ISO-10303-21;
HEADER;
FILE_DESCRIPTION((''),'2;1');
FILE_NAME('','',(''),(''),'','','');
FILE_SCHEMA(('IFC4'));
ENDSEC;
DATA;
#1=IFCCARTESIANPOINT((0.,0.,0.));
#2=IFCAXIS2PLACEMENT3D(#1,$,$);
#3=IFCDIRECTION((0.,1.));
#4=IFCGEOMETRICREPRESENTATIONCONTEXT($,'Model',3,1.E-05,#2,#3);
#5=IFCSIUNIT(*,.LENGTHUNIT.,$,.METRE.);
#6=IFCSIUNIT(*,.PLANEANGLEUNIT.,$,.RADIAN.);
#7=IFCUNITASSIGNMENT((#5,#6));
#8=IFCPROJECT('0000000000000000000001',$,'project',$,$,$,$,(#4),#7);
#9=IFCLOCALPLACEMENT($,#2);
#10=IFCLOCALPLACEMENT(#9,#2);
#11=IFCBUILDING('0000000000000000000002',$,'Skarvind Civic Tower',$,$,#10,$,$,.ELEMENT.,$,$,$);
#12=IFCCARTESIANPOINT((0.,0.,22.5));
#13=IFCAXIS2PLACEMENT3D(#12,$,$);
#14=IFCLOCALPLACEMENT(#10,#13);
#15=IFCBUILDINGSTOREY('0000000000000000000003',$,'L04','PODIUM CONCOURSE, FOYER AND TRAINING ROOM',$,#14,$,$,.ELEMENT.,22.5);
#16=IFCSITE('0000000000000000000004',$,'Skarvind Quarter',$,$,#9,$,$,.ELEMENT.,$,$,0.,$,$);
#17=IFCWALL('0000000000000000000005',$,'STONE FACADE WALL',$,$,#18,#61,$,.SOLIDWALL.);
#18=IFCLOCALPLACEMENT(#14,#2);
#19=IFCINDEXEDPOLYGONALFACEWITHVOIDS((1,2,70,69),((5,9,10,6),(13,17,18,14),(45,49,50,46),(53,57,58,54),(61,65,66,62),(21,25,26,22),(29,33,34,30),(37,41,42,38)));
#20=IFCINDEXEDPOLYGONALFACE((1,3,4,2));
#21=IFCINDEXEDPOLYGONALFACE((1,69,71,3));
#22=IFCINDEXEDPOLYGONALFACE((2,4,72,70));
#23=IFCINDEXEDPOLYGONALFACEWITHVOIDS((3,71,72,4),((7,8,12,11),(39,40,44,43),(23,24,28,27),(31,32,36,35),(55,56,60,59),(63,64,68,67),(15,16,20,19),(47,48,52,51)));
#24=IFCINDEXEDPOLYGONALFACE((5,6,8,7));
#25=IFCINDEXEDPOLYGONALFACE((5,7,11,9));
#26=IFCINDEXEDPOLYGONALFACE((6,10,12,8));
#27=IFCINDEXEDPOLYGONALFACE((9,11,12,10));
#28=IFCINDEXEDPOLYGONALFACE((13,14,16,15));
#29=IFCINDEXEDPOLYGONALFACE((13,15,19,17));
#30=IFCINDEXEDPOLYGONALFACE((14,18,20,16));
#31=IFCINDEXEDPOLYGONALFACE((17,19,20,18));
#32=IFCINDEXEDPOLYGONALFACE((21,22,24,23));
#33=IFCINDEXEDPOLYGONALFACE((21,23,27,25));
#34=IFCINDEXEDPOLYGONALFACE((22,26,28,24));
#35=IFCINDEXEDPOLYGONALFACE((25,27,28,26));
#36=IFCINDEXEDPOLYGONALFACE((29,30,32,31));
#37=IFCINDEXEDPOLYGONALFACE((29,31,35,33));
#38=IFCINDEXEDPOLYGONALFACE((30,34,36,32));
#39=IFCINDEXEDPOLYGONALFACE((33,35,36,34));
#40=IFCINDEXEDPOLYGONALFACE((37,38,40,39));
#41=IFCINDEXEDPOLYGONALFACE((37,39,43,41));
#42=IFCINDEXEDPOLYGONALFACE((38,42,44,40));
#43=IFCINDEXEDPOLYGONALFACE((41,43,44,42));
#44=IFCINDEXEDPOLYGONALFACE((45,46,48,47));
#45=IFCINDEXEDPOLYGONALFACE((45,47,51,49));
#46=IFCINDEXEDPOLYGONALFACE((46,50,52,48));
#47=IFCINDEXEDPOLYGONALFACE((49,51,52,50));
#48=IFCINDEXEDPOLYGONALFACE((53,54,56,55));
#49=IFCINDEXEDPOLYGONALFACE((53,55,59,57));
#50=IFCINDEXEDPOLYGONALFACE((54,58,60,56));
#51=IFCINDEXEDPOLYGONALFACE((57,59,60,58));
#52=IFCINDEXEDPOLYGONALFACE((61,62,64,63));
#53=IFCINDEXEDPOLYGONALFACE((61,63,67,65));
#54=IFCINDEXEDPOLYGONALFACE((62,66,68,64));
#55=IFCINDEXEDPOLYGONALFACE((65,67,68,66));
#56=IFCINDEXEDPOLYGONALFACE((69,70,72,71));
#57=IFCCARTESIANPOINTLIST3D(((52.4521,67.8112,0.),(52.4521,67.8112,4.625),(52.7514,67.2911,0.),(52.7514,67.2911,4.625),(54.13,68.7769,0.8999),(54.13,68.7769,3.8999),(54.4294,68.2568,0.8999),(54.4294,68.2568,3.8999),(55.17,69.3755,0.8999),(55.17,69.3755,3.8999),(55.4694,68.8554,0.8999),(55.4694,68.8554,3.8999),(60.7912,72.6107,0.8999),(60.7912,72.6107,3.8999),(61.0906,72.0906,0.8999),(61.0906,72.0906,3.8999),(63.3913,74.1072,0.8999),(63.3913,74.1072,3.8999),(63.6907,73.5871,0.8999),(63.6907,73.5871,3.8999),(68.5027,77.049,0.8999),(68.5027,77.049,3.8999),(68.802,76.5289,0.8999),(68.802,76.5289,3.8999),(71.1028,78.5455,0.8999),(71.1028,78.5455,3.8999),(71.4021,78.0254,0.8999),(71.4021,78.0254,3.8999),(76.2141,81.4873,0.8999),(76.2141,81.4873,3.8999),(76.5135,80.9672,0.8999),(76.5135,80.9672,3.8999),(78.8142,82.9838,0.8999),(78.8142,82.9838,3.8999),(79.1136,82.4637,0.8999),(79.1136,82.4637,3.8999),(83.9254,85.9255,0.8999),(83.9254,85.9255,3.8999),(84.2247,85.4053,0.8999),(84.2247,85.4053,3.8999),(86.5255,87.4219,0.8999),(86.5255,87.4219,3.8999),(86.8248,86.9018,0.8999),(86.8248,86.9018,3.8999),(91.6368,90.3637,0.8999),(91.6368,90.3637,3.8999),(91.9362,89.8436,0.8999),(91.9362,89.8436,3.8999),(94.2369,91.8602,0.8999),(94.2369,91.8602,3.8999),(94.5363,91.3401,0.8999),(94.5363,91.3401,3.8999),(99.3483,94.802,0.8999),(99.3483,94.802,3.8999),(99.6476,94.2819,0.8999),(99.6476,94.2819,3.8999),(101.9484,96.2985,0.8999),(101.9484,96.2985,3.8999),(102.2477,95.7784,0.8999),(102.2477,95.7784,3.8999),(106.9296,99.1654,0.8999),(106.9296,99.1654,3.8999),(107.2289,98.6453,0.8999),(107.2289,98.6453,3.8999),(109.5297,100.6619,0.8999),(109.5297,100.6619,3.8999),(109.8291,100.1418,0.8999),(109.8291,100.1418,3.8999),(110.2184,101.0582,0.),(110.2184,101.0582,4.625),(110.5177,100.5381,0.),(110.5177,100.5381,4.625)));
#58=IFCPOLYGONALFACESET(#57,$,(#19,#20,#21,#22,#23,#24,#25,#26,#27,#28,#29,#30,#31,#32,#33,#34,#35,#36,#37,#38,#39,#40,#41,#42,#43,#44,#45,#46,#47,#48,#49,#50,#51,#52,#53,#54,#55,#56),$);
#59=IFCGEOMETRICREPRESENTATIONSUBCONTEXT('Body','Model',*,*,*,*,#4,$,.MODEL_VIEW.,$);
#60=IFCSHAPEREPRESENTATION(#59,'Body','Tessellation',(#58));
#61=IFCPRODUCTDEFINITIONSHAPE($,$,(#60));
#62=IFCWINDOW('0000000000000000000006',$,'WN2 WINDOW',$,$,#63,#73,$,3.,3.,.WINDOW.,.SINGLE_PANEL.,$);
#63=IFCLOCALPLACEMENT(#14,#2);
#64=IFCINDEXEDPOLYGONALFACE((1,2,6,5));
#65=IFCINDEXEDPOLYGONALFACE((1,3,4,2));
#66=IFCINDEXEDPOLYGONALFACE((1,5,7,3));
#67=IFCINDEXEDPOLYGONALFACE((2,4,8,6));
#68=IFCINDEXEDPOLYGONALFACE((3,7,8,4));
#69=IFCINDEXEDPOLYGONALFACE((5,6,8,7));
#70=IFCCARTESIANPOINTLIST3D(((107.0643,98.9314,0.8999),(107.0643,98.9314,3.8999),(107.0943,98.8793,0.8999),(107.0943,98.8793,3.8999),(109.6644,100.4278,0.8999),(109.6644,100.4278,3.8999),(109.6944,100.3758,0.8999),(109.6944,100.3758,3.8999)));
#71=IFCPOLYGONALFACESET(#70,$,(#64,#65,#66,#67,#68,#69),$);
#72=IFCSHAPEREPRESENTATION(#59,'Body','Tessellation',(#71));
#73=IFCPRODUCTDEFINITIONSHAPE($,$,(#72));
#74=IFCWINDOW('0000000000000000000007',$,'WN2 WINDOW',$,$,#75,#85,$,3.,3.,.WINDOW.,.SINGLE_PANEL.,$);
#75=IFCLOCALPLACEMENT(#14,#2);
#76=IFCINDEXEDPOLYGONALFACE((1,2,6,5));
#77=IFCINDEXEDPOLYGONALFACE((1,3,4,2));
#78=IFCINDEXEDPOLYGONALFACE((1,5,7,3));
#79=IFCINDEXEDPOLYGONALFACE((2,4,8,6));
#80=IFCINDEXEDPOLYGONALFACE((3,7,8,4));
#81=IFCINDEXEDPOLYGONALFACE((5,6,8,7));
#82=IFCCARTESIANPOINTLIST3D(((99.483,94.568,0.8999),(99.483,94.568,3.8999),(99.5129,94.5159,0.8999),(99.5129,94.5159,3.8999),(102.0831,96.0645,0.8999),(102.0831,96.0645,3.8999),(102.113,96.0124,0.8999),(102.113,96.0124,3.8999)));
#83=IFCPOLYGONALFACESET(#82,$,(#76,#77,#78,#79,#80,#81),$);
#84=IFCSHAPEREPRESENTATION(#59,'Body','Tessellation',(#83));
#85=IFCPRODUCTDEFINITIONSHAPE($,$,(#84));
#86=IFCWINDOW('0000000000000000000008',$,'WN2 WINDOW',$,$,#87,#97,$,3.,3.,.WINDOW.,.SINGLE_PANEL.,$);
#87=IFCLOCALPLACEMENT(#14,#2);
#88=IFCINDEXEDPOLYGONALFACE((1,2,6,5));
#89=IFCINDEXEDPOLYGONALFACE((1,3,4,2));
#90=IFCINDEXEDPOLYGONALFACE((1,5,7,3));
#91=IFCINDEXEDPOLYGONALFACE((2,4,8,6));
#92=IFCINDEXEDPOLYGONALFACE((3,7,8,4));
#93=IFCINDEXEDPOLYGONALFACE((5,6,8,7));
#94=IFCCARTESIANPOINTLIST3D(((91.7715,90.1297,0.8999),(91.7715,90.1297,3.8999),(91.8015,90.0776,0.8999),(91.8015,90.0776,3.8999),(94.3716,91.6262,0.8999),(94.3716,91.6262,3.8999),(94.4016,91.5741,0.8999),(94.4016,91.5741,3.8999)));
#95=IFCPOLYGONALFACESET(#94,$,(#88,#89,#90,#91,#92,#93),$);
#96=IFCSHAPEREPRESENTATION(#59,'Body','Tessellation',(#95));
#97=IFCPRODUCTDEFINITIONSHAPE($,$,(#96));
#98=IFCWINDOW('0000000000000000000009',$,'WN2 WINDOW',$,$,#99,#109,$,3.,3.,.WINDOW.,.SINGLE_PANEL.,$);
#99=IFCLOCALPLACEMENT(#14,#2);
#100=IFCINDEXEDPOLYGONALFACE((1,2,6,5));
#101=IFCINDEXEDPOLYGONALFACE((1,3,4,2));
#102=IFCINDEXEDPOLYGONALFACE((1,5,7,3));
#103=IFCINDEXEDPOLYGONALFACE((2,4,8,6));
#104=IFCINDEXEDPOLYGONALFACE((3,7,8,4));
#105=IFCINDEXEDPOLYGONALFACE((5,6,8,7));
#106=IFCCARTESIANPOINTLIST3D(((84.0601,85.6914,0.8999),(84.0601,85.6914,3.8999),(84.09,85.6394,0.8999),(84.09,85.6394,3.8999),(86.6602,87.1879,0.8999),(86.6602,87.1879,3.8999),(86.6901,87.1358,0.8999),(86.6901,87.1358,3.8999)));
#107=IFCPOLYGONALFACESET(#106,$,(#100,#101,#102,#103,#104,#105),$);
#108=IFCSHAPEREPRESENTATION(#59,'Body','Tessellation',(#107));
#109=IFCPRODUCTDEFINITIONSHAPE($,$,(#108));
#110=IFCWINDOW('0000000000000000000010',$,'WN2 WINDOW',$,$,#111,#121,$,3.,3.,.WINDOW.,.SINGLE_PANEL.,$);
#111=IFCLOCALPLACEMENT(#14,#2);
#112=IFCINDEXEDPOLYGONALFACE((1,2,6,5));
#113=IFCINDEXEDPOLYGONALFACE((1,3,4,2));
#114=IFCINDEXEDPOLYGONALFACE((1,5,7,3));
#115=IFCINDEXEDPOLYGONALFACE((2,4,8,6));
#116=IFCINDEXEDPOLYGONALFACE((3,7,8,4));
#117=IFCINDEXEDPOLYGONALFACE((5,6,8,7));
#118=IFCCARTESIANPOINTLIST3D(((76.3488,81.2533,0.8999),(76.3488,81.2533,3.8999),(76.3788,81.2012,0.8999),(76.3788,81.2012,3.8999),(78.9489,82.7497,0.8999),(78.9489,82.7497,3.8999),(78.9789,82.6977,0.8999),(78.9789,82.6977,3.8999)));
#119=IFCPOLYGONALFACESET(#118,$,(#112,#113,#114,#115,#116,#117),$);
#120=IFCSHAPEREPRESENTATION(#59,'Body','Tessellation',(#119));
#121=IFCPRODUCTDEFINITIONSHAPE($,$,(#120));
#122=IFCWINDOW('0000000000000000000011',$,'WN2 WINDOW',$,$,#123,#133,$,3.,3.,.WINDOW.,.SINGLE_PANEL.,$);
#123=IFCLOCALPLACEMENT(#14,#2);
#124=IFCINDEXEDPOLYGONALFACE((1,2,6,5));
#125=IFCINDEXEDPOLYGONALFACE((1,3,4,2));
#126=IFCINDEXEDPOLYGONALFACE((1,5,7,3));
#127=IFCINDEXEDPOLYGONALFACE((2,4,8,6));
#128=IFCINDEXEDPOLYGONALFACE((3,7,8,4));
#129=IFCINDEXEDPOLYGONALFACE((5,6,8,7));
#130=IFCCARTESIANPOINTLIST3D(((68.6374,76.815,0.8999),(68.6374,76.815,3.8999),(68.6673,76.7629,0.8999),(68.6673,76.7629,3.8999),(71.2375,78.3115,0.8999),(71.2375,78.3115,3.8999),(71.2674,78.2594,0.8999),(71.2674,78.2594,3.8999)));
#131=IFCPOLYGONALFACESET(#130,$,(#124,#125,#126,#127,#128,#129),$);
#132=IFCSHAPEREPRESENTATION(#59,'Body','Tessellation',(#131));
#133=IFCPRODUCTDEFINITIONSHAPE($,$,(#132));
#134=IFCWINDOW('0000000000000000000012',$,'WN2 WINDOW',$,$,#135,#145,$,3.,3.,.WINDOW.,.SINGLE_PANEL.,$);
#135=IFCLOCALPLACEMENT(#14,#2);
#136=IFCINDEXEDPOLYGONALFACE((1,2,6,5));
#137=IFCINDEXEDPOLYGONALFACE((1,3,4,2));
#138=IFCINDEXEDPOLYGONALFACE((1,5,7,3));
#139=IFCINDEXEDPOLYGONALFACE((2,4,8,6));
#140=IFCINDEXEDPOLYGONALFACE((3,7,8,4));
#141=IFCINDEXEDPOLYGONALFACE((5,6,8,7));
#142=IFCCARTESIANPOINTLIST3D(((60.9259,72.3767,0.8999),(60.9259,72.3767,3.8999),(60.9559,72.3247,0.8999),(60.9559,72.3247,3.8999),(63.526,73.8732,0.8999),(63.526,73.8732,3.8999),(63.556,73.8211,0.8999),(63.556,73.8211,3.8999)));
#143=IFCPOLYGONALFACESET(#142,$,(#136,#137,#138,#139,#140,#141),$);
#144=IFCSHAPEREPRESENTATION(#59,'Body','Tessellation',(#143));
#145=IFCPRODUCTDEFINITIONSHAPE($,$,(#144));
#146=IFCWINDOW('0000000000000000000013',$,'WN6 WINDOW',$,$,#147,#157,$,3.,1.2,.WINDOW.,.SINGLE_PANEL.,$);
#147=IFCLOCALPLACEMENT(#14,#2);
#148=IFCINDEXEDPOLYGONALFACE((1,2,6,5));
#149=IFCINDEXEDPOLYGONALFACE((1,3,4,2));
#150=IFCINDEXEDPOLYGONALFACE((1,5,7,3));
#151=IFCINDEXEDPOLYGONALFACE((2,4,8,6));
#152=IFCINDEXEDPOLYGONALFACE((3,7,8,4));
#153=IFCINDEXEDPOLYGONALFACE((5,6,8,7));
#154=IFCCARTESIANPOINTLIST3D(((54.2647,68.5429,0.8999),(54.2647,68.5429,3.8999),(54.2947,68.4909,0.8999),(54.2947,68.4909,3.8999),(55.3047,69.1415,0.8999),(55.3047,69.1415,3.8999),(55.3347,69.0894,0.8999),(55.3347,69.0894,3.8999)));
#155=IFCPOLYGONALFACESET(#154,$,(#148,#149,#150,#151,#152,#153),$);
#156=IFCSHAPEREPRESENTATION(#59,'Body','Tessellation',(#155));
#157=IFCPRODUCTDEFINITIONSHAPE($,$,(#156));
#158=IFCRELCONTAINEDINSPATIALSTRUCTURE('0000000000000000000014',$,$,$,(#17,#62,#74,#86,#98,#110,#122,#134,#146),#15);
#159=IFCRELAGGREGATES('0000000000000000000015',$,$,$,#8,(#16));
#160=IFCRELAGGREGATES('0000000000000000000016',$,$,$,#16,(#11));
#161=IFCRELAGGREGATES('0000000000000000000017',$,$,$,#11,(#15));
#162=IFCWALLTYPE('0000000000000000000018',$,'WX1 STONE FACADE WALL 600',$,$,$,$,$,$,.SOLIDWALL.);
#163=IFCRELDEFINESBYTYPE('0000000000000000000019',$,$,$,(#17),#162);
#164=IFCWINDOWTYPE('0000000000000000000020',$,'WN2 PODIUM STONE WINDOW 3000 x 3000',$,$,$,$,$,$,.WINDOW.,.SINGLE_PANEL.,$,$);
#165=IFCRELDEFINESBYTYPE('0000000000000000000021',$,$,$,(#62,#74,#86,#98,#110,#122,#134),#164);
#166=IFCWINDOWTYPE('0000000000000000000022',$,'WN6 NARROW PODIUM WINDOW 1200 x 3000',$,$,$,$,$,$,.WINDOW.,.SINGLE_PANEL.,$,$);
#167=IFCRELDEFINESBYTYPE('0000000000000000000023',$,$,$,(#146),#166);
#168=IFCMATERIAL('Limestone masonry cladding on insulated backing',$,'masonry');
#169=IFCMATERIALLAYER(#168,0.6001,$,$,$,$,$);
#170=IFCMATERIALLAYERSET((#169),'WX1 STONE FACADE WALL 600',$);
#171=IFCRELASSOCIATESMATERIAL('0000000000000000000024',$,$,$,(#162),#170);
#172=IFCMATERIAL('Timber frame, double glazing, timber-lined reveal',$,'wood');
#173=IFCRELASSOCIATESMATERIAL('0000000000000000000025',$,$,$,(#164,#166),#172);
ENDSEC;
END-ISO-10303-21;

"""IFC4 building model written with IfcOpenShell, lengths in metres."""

from ifc_helpers import new_model, si_unit, direction, frame, frame_2d, origin, place, context, subcontext, project, spatial, rectangle, extrude, material, layer, layer_set, type_object, element, fill, save


model = new_model("IFC4")

# Units and contexts
model_context = context("Model", 3, precision=1e-05, world=origin(), true_north=direction((0.0, 1.0)))
body_context = subcontext(model_context, "Body", "Model", "MODEL_VIEW")
ifc_project = project(units=[si_unit("LENGTHUNIT", "METRE"), si_unit("PLANEANGLEUNIT", "RADIAN")], contexts=[model_context])

# Site, building, storey
site_placement = place(None, origin())
site = spatial("IfcSite", under=ifc_project, at=site_placement, Name="Skarvind Quarter", CompositionType="ELEMENT", RefElevation=0.0)
building_placement = place(site_placement, origin())
building = spatial("IfcBuilding", under=site, at=building_placement, Name="Skarvind Civic Tower", CompositionType="ELEMENT")
storey_placement = place(building_placement, frame((0.0, 0.0, 22.5)))
storey = spatial("IfcBuildingStorey", under=building, at=storey_placement, Name="L04", Description="PODIUM CONCOURSE, FOYER AND TRAINING ROOM", CompositionType="ELEMENT", Elevation=22.5)

# Wall, openings, windows
ifc_material_1 = material(Name="Limestone masonry cladding on insulated backing", Category="masonry")
ifc_layer_1 = layer(ifc_material_1, 0.6001)
ifc_layer_set_1 = layer_set([ifc_layer_1], Name="WX1 STONE FACADE WALL 600")
wall_type_1 = type_object("IfcWallType", Name="WX1 STONE FACADE WALL 600", PredefinedType="SOLIDWALL", material=ifc_layer_set_1)
wall_1_placement = place(storey_placement, frame((110.3679, 100.7981, 0.0), z_axis=(0.0, 0.0, 1.0), x_axis=(-0.866703, -0.498825, 0.0)))
wall_1 = element("IfcWall", 1, at=wall_1_placement, inside=storey, type_object=wall_type_1, Name="STONE FACADE WALL", PredefinedType="SOLIDWALL", context=body_context, shape_type="SweptSolid", body=[
    extrude(rectangle(XDim=66.6506, YDim=0.6001, at=frame_2d((33.3252, 0.0))), origin(), (0.0, 0.0, 1.0), 4.625),
])
opening_1_placement = place(wall_1_placement, frame((0.7944, 0.0, 0.8999)))
opening_1 = element("IfcOpeningElement", 2, at=opening_1_placement, cuts=wall_1, PredefinedType="OPENING", context=body_context, shape_type="SweptSolid", body=[
    extrude(rectangle(XDim=3.0, YDim=3.0, at=frame_2d((1.5, 1.5))), frame((0.0, 0.3101, 0.0), z_axis=(0.0, -1.0, 0.0), x_axis=(1.0, 0.0, 0.0)), (0.0, 0.0, 1.0), 0.6201),
])
opening_2_placement = place(wall_1_placement, frame((9.5417, 0.0, 0.8999)))
opening_2 = element("IfcOpeningElement", 3, at=opening_2_placement, cuts=wall_1, PredefinedType="OPENING", context=body_context, shape_type="SweptSolid", body=[
    extrude(rectangle(XDim=3.0, YDim=3.0, at=frame_2d((1.5, 1.5))), frame((0.0, 0.3101, 0.0), z_axis=(0.0, -1.0, 0.0), x_axis=(1.0, 0.0, 0.0)), (0.0, 0.0, 1.0), 0.6201),
])
opening_3_placement = place(wall_1_placement, frame((18.4392, 0.0, 0.8999)))
opening_3 = element("IfcOpeningElement", 4, at=opening_3_placement, cuts=wall_1, PredefinedType="OPENING", context=body_context, shape_type="SweptSolid", body=[
    extrude(rectangle(XDim=3.0, YDim=3.0, at=frame_2d((1.5, 1.5))), frame((0.0, 0.3101, 0.0), z_axis=(0.0, -1.0, 0.0), x_axis=(1.0, 0.0, 0.0)), (0.0, 0.0, 1.0), 0.6201),
])
opening_4_placement = place(wall_1_placement, frame((27.3367, 0.0, 0.8999)))
opening_4 = element("IfcOpeningElement", 5, at=opening_4_placement, cuts=wall_1, PredefinedType="OPENING", context=body_context, shape_type="SweptSolid", body=[
    extrude(rectangle(XDim=3.0, YDim=3.0, at=frame_2d((1.5, 1.5))), frame((0.0, 0.3101, 0.0), z_axis=(0.0, -1.0, 0.0), x_axis=(1.0, 0.0, 0.0)), (0.0, 0.0, 1.0), 0.6201),
])
opening_5_placement = place(wall_1_placement, frame((36.2339, 0.0, 0.8999)))
opening_5 = element("IfcOpeningElement", 6, at=opening_5_placement, cuts=wall_1, PredefinedType="OPENING", context=body_context, shape_type="SweptSolid", body=[
    extrude(rectangle(XDim=3.0, YDim=3.0, at=frame_2d((1.5, 1.5))), frame((0.0, 0.3101, 0.0), z_axis=(0.0, -1.0, 0.0), x_axis=(1.0, 0.0, 0.0)), (0.0, 0.0, 1.0), 0.6201),
])
opening_6_placement = place(wall_1_placement, frame((45.1313, 0.0, 0.8999)))
opening_6 = element("IfcOpeningElement", 7, at=opening_6_placement, cuts=wall_1, PredefinedType="OPENING", context=body_context, shape_type="SweptSolid", body=[
    extrude(rectangle(XDim=3.0, YDim=3.0, at=frame_2d((1.5, 1.5))), frame((0.0, 0.3101, 0.0), z_axis=(0.0, -1.0, 0.0), x_axis=(1.0, 0.0, 0.0)), (0.0, 0.0, 1.0), 0.6201),
])
opening_7_placement = place(wall_1_placement, frame((54.0288, 0.0, 0.8999)))
opening_7 = element("IfcOpeningElement", 8, at=opening_7_placement, cuts=wall_1, PredefinedType="OPENING", context=body_context, shape_type="SweptSolid", body=[
    extrude(rectangle(XDim=3.0, YDim=3.0, at=frame_2d((1.5, 1.5))), frame((0.0, 0.3101, 0.0), z_axis=(0.0, -1.0, 0.0), x_axis=(1.0, 0.0, 0.0)), (0.0, 0.0, 1.0), 0.6201),
])
opening_8_placement = place(wall_1_placement, frame((63.5144, 0.0, 0.8999)))
opening_8 = element("IfcOpeningElement", 9, at=opening_8_placement, cuts=wall_1, PredefinedType="OPENING", context=body_context, shape_type="SweptSolid", body=[
    extrude(rectangle(XDim=1.2, YDim=3.0, at=frame_2d((0.6001, 1.5))), frame((0.0, 0.3101, 0.0), z_axis=(0.0, -1.0, 0.0), x_axis=(1.0, 0.0, 0.0)), (0.0, 0.0, 1.0), 0.6201),
])
ifc_material_2 = material(Name="Timber frame, double glazing, timber-lined reveal", Category="wood")
window_type_1 = type_object("IfcWindowType", Name="WN2 PODIUM STONE WINDOW 3000 x 3000", PartitioningType="SINGLE_PANEL", PredefinedType="WINDOW", material=ifc_material_2)
window_1_placement = place(opening_1_placement, origin())
window_1 = element("IfcWindow", 10, at=window_1_placement, inside=storey, type_object=window_type_1, Name="WN2 WINDOW", OverallHeight=3.0, OverallWidth=3.0, PartitioningType="SINGLE_PANEL", PredefinedType="WINDOW", context=body_context, shape_type="SweptSolid", body=[
    extrude(rectangle(XDim=3.0, YDim=3.0, at=frame_2d((1.5, 1.5))), frame((0.0, 0.03, 0.0), z_axis=(0.0, -1.0, 0.0), x_axis=(1.0, 0.0, 0.0)), (0.0, 0.0, 1.0), 0.0601),
])
fill(opening_1, window_1)
window_2_placement = place(opening_2_placement, origin())
window_2 = element("IfcWindow", 11, at=window_2_placement, inside=storey, type_object=window_type_1, Name="WN2 WINDOW", OverallHeight=3.0, OverallWidth=3.0, PartitioningType="SINGLE_PANEL", PredefinedType="WINDOW", context=body_context, shape_type="SweptSolid", body=[
    extrude(rectangle(XDim=3.0, YDim=3.0, at=frame_2d((1.5, 1.5))), frame((0.0, 0.03, 0.0), z_axis=(0.0, -1.0, 0.0), x_axis=(1.0, 0.0, 0.0)), (0.0, 0.0, 1.0), 0.0601),
])
fill(opening_2, window_2)
window_3_placement = place(opening_3_placement, origin())
window_3 = element("IfcWindow", 12, at=window_3_placement, inside=storey, type_object=window_type_1, Name="WN2 WINDOW", OverallHeight=3.0, OverallWidth=3.0, PartitioningType="SINGLE_PANEL", PredefinedType="WINDOW", context=body_context, shape_type="SweptSolid", body=[
    extrude(rectangle(XDim=3.0, YDim=3.0, at=frame_2d((1.5, 1.5))), frame((0.0, 0.03, 0.0), z_axis=(0.0, -1.0, 0.0), x_axis=(1.0, 0.0, 0.0)), (0.0, 0.0, 1.0), 0.0601),
])
fill(opening_3, window_3)
window_4_placement = place(opening_4_placement, origin())
window_4 = element("IfcWindow", 13, at=window_4_placement, inside=storey, type_object=window_type_1, Name="WN2 WINDOW", OverallHeight=3.0, OverallWidth=3.0, PartitioningType="SINGLE_PANEL", PredefinedType="WINDOW", context=body_context, shape_type="SweptSolid", body=[
    extrude(rectangle(XDim=3.0, YDim=3.0, at=frame_2d((1.5, 1.5))), frame((0.0, 0.03, 0.0), z_axis=(0.0, -1.0, 0.0), x_axis=(1.0, 0.0, 0.0)), (0.0, 0.0, 1.0), 0.0601),
])
fill(opening_4, window_4)
window_5_placement = place(opening_5_placement, origin())
window_5 = element("IfcWindow", 14, at=window_5_placement, inside=storey, type_object=window_type_1, Name="WN2 WINDOW", OverallHeight=3.0, OverallWidth=3.0, PartitioningType="SINGLE_PANEL", PredefinedType="WINDOW", context=body_context, shape_type="SweptSolid", body=[
    extrude(rectangle(XDim=3.0, YDim=3.0, at=frame_2d((1.5, 1.5))), frame((0.0, 0.03, 0.0), z_axis=(0.0, -1.0, 0.0), x_axis=(1.0, 0.0, 0.0)), (0.0, 0.0, 1.0), 0.0601),
])
fill(opening_5, window_5)
window_6_placement = place(opening_6_placement, origin())
window_6 = element("IfcWindow", 15, at=window_6_placement, inside=storey, type_object=window_type_1, Name="WN2 WINDOW", OverallHeight=3.0, OverallWidth=3.0, PartitioningType="SINGLE_PANEL", PredefinedType="WINDOW", context=body_context, shape_type="SweptSolid", body=[
    extrude(rectangle(XDim=3.0, YDim=3.0, at=frame_2d((1.5, 1.5))), frame((0.0, 0.03, 0.0), z_axis=(0.0, -1.0, 0.0), x_axis=(1.0, 0.0, 0.0)), (0.0, 0.0, 1.0), 0.0601),
])
fill(opening_6, window_6)
window_7_placement = place(opening_7_placement, origin())
window_7 = element("IfcWindow", 16, at=window_7_placement, inside=storey, type_object=window_type_1, Name="WN2 WINDOW", OverallHeight=3.0, OverallWidth=3.0, PartitioningType="SINGLE_PANEL", PredefinedType="WINDOW", context=body_context, shape_type="SweptSolid", body=[
    extrude(rectangle(XDim=3.0, YDim=3.0, at=frame_2d((1.5, 1.5))), frame((0.0, 0.03, 0.0), z_axis=(0.0, -1.0, 0.0), x_axis=(1.0, 0.0, 0.0)), (0.0, 0.0, 1.0), 0.0601),
])
fill(opening_7, window_7)
window_type_2 = type_object("IfcWindowType", Name="WN6 NARROW PODIUM WINDOW 1200 x 3000", PartitioningType="SINGLE_PANEL", PredefinedType="WINDOW", material=ifc_material_2)
window_8_placement = place(opening_8_placement, origin())
window_8 = element("IfcWindow", 17, at=window_8_placement, inside=storey, type_object=window_type_2, Name="WN6 WINDOW", OverallHeight=3.0, OverallWidth=1.2, PartitioningType="SINGLE_PANEL", PredefinedType="WINDOW", context=body_context, shape_type="SweptSolid", body=[
    extrude(rectangle(XDim=1.2, YDim=3.0, at=frame_2d((0.6001, 1.5))), frame((0.0, 0.03, 0.0), z_axis=(0.0, -1.0, 0.0), x_axis=(1.0, 0.0, 0.0)), (0.0, 0.0, 1.0), 0.0601),
])
fill(opening_8, window_8)

save(model, "model.ifc")
